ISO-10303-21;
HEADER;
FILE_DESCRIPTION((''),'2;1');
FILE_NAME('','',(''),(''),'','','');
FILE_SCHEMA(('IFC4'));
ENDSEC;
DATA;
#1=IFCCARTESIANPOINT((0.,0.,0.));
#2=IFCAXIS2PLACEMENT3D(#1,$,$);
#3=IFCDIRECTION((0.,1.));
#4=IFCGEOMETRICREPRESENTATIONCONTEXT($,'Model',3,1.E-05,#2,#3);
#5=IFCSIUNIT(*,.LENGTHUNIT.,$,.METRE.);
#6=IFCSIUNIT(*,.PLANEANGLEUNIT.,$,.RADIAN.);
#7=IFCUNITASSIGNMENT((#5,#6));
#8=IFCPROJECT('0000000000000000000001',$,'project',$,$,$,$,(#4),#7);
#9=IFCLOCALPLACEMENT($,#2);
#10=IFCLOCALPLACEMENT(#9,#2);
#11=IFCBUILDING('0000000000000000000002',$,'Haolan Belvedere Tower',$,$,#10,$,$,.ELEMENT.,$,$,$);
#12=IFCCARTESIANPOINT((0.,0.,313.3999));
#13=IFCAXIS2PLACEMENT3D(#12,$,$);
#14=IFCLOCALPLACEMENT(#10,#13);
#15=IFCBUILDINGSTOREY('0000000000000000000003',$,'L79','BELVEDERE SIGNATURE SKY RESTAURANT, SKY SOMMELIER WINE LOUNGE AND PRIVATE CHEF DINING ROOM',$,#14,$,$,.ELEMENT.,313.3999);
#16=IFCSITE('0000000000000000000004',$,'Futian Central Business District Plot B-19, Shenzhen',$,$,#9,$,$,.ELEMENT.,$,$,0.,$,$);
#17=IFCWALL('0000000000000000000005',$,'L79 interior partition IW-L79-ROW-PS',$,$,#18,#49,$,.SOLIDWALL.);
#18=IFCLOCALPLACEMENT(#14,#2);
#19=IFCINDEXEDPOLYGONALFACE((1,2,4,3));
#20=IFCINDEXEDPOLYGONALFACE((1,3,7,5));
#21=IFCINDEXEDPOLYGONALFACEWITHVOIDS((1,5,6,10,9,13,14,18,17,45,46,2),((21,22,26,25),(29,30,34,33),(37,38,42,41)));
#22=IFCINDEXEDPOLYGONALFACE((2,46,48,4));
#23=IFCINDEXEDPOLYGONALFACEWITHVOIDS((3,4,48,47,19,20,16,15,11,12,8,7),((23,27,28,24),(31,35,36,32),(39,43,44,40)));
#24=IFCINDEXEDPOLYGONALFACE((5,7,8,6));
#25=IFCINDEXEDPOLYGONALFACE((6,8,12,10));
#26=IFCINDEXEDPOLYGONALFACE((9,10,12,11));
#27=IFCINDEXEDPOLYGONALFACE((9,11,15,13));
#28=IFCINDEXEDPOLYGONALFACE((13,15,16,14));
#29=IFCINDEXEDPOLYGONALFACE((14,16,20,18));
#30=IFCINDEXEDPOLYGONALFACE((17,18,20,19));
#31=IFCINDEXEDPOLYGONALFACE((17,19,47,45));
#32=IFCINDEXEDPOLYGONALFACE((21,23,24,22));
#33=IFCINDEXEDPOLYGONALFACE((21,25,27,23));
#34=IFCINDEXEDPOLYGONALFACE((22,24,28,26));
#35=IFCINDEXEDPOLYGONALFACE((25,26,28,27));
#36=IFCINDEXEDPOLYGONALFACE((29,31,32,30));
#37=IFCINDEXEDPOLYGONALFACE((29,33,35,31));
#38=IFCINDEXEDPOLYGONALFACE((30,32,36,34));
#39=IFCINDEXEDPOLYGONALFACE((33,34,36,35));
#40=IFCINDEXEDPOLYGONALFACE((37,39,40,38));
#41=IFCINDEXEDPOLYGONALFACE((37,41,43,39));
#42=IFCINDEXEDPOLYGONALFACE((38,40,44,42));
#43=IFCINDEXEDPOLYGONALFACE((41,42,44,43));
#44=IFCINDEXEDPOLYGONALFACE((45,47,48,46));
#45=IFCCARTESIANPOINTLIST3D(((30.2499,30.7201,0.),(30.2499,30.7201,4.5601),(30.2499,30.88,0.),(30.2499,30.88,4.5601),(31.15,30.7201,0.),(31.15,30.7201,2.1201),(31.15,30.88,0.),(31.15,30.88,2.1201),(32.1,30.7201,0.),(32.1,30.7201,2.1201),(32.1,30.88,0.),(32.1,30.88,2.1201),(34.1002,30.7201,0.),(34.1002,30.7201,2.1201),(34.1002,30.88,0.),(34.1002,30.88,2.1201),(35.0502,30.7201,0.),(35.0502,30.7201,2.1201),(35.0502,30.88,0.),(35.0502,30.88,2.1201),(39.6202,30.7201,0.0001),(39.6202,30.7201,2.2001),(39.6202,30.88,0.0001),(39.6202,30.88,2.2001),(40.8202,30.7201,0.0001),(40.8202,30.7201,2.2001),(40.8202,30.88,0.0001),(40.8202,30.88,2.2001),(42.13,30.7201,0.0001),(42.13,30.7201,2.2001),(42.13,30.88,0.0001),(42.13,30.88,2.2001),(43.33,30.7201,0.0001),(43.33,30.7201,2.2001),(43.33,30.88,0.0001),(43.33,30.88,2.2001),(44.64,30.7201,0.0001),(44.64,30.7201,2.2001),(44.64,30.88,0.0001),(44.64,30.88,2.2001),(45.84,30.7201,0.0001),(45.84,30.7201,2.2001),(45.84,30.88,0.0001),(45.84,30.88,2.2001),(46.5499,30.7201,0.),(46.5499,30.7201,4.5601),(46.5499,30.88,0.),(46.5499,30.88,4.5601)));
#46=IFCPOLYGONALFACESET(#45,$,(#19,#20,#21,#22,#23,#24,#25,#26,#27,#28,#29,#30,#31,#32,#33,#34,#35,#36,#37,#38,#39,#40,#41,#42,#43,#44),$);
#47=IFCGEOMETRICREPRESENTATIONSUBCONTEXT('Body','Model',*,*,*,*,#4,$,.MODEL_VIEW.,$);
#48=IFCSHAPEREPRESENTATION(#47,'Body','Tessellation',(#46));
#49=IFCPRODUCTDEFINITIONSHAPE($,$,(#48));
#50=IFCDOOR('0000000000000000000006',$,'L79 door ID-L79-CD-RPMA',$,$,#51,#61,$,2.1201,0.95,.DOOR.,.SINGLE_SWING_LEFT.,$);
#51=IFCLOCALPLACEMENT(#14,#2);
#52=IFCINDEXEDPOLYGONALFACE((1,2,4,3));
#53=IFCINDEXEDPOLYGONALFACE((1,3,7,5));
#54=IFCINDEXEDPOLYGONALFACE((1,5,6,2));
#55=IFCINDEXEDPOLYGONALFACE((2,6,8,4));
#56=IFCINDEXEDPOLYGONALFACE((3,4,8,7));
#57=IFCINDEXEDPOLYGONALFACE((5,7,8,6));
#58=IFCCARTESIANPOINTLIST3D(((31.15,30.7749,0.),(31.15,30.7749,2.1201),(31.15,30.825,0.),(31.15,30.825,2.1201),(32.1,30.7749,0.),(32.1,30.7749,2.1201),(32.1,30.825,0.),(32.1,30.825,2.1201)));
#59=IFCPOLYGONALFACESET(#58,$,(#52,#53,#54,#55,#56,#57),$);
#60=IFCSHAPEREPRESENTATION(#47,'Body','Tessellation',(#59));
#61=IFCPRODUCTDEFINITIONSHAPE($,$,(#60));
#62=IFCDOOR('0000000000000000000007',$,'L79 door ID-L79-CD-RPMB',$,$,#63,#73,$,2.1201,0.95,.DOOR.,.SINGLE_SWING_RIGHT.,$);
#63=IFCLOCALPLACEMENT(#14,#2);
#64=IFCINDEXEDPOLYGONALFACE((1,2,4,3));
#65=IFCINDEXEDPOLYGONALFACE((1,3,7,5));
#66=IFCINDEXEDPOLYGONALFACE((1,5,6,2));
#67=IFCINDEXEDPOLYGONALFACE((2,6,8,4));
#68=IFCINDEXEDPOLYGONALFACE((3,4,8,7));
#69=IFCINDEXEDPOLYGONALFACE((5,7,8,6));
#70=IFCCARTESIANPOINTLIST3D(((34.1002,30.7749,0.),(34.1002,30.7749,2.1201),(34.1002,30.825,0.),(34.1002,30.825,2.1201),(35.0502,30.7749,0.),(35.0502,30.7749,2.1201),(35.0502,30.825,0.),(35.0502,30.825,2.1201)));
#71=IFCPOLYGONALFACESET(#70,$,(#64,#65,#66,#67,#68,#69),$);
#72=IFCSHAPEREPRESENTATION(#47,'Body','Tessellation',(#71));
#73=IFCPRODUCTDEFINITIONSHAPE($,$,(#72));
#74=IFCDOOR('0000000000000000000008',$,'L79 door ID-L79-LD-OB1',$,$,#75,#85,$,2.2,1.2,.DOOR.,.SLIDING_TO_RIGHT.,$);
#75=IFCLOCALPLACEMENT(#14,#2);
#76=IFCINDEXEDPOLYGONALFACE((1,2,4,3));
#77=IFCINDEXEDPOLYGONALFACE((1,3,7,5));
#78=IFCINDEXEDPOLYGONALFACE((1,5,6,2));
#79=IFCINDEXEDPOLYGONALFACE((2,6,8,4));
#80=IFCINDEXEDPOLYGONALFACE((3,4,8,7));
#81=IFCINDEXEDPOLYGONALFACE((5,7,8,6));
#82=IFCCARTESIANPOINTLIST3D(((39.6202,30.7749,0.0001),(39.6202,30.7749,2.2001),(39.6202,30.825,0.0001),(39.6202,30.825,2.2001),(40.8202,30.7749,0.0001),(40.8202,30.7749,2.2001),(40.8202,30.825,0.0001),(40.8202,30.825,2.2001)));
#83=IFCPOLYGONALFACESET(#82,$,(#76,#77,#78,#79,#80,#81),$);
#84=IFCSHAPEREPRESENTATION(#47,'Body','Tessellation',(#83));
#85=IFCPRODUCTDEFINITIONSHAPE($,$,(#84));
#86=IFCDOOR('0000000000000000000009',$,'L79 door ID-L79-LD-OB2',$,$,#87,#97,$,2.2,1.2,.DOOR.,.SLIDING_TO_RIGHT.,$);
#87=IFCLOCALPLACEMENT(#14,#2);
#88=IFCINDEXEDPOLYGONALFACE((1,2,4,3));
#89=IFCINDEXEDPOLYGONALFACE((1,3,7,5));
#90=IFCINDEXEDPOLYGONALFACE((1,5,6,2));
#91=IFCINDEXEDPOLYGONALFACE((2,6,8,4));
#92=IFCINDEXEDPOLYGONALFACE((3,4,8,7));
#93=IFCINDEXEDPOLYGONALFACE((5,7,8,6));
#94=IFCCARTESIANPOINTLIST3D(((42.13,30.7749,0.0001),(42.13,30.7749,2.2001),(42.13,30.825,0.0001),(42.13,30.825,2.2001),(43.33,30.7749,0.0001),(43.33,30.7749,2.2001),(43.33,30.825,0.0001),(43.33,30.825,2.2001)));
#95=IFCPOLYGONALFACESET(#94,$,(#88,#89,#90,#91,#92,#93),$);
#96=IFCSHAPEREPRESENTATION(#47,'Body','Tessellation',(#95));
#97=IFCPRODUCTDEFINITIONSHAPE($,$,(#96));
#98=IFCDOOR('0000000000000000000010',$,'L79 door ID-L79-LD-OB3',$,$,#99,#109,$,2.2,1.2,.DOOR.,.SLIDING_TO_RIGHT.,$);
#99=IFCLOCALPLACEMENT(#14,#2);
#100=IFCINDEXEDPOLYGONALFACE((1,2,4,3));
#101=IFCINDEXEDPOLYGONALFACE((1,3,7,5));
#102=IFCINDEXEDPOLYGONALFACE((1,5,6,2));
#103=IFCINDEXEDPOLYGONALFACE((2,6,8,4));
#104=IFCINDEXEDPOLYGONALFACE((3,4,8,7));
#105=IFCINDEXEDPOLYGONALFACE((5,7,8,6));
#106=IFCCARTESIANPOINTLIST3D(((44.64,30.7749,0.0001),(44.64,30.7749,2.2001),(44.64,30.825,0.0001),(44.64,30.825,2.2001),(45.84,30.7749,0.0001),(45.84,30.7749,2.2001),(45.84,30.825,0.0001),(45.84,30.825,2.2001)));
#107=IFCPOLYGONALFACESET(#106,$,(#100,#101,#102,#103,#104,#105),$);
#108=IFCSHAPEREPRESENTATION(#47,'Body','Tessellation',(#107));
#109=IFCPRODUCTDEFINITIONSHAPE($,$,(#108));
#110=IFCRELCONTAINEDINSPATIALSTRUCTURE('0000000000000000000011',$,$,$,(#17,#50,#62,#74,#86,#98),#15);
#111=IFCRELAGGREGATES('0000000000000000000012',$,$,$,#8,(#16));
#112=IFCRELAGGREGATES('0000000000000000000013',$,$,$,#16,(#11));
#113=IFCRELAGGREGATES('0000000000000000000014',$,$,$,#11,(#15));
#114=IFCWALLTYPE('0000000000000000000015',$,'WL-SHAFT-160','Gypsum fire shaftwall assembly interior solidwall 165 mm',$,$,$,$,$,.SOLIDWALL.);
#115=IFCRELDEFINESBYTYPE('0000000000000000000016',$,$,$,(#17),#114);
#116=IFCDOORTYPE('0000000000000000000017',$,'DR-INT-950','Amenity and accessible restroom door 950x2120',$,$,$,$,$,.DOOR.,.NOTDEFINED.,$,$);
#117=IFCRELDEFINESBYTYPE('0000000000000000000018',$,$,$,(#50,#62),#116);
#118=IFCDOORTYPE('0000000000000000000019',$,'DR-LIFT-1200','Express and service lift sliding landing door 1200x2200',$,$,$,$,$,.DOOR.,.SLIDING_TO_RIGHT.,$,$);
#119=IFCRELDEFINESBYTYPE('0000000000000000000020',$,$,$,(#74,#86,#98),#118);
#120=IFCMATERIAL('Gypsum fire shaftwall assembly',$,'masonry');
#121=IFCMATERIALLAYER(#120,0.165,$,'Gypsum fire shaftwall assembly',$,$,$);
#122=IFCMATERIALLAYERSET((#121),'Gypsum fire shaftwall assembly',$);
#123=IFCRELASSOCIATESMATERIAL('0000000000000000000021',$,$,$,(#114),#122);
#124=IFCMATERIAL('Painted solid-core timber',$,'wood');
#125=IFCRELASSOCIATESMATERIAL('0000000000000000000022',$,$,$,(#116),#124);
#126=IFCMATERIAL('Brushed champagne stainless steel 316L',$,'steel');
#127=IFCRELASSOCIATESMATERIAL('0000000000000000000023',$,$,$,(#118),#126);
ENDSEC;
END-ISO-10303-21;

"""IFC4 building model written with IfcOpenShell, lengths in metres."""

from ifc_helpers import new_model, si_unit, direction, frame, frame_2d, origin, place, context, subcontext, project, spatial, rectangle, extrude, material, layer, layer_set, type_object, element, fill, save


model = new_model("IFC4")

# Units and contexts
model_context = context("Model", 3, precision=1e-05, world=origin(), true_north=direction((0.0, 1.0)))
body_context = subcontext(model_context, "Body", "Model", "MODEL_VIEW")
ifc_project = project(units=[si_unit("LENGTHUNIT", "METRE"), si_unit("PLANEANGLEUNIT", "RADIAN")], contexts=[model_context])

# Site, building, storey
site_placement = place(None, origin())
site = spatial("IfcSite", under=ifc_project, at=site_placement, Name="Futian Central Business District Plot B-19, Shenzhen", CompositionType="ELEMENT", RefElevation=0.0)
building_placement = place(site_placement, origin())
building = spatial("IfcBuilding", under=site, at=building_placement, Name="Haolan Belvedere Tower", CompositionType="ELEMENT")
storey_placement = place(building_placement, frame((0.0, 0.0, 313.3999)))
storey = spatial("IfcBuildingStorey", under=building, at=storey_placement, Name="L79", Description="BELVEDERE SIGNATURE SKY RESTAURANT, SKY SOMMELIER WINE LOUNGE AND PRIVATE CHEF DINING ROOM", CompositionType="ELEMENT", Elevation=313.3999)

# Shared definitions
ifc_material_1 = material(Name="Gypsum fire shaftwall assembly", Category="masonry")
ifc_layer_1 = layer(ifc_material_1, 0.165, Name="Gypsum fire shaftwall assembly")
ifc_layer_set_1 = layer_set([ifc_layer_1], Name="Gypsum fire shaftwall assembly")
wall_type_1 = type_object("IfcWallType", Name="WL-SHAFT-160", Description="Gypsum fire shaftwall assembly interior solidwall 165 mm", PredefinedType="SOLIDWALL", material=ifc_layer_set_1)

# Shared definitions
ifc_material_2 = material(Name="Painted solid-core timber", Category="wood")
door_type_1 = type_object("IfcDoorType", Name="DR-INT-950", Description="Amenity and accessible restroom door 950x2120", OperationType="NOTDEFINED", PredefinedType="DOOR", material=ifc_material_2)

# Wall, openings, doors
wall_1_placement = place(storey_placement, frame((30.25, 30.8, 0.0), z_axis=(0.0, 0.0, 1.0), x_axis=(1.0, 0.0, 0.0)))
wall_1 = element("IfcWall", 1, at=wall_1_placement, inside=storey, type_object=wall_type_1, Name="L79 interior partition IW-L79-ROW-PS", PredefinedType="SOLIDWALL", context=body_context, shape_type="SweptSolid", body=[
    extrude(rectangle(XDim=16.3, YDim=0.1599, at=frame_2d((8.1499, 0.0))), origin(), (0.0, 0.0, 1.0), 4.5601),
])
opening_1_placement = place(wall_1_placement, frame((0.8999, 0.0, 0.0)))
opening_1 = element("IfcOpeningElement", 2, at=opening_1_placement, cuts=wall_1, PredefinedType="OPENING", context=body_context, shape_type="SweptSolid", body=[
    extrude(rectangle(XDim=0.95, YDim=2.1201, at=frame_2d((0.4751, 1.0601))), frame((0.0, 0.0898, 0.0), z_axis=(0.0, -1.0, 0.0), x_axis=(1.0, 0.0, 0.0)), (0.0, 0.0, 1.0), 0.1799),
])
opening_2_placement = place(wall_1_placement, frame((3.8501, 0.0, 0.0)))
opening_2 = element("IfcOpeningElement", 3, at=opening_2_placement, cuts=wall_1, PredefinedType="OPENING", context=body_context, shape_type="SweptSolid", body=[
    extrude(rectangle(XDim=0.95, YDim=2.1201, at=frame_2d((0.4751, 1.0601))), frame((0.0, 0.0898, 0.0), z_axis=(0.0, -1.0, 0.0), x_axis=(1.0, 0.0, 0.0)), (0.0, 0.0, 1.0), 0.1799),
])
opening_3_placement = place(wall_1_placement, frame((9.3701, 0.0, 0.0)))
opening_3 = element("IfcOpeningElement", 4, at=opening_3_placement, cuts=wall_1, PredefinedType="OPENING", context=body_context, shape_type="SweptSolid", body=[
    extrude(rectangle(XDim=1.2, YDim=2.2, at=frame_2d((0.6001, 1.1001))), frame((0.0, 0.0898, 0.0), z_axis=(0.0, -1.0, 0.0), x_axis=(1.0, 0.0, 0.0)), (0.0, 0.0, 1.0), 0.1799),
])
opening_4_placement = place(wall_1_placement, frame((11.8799, 0.0, 0.0)))
opening_4 = element("IfcOpeningElement", 5, at=opening_4_placement, cuts=wall_1, PredefinedType="OPENING", context=body_context, shape_type="SweptSolid", body=[
    extrude(rectangle(XDim=1.2, YDim=2.2, at=frame_2d((0.6001, 1.1001))), frame((0.0, 0.0898, 0.0), z_axis=(0.0, -1.0, 0.0), x_axis=(1.0, 0.0, 0.0)), (0.0, 0.0, 1.0), 0.1799),
])
opening_5_placement = place(wall_1_placement, frame((14.3899, 0.0, 0.0)))
opening_5 = element("IfcOpeningElement", 6, at=opening_5_placement, cuts=wall_1, PredefinedType="OPENING", context=body_context, shape_type="SweptSolid", body=[
    extrude(rectangle(XDim=1.2, YDim=2.2, at=frame_2d((0.6001, 1.1001))), frame((0.0, 0.0898, 0.0), z_axis=(0.0, -1.0, 0.0), x_axis=(1.0, 0.0, 0.0)), (0.0, 0.0, 1.0), 0.1799),
])
door_1_placement = place(opening_1_placement, origin())
door_1 = element("IfcDoor", 7, at=door_1_placement, inside=storey, type_object=door_type_1, Name="L79 door ID-L79-CD-RPMA", OperationType="SINGLE_SWING_LEFT", OverallHeight=2.1201, OverallWidth=0.95, PredefinedType="DOOR", context=body_context, shape_type="SweptSolid", body=[
    extrude(rectangle(XDim=0.95, YDim=2.1201, at=frame_2d((0.4751, 1.0601))), frame((0.0, 0.0249, 0.0), z_axis=(0.0, -1.0, 0.0), x_axis=(1.0, 0.0, 0.0)), (0.0, 0.0, 1.0), 0.05),
])
fill(opening_1, door_1)
door_2_placement = place(opening_2_placement, origin())
door_2 = element("IfcDoor", 8, at=door_2_placement, inside=storey, type_object=door_type_1, Name="L79 door ID-L79-CD-RPMB", OperationType="SINGLE_SWING_RIGHT", OverallHeight=2.1201, OverallWidth=0.95, PredefinedType="DOOR", context=body_context, shape_type="SweptSolid", body=[
    extrude(rectangle(XDim=0.95, YDim=2.1201, at=frame_2d((0.4751, 1.0601))), frame((0.0, 0.0249, 0.0), z_axis=(0.0, -1.0, 0.0), x_axis=(1.0, 0.0, 0.0)), (0.0, 0.0, 1.0), 0.05),
])
fill(opening_2, door_2)
ifc_material_3 = material(Name="Brushed champagne stainless steel 316L", Category="steel")
door_type_2 = type_object("IfcDoorType", Name="DR-LIFT-1200", Description="Express and service lift sliding landing door 1200x2200", OperationType="SLIDING_TO_RIGHT", PredefinedType="DOOR", material=ifc_material_3)
door_3_placement = place(opening_3_placement, origin())
door_3 = element("IfcDoor", 9, at=door_3_placement, inside=storey, type_object=door_type_2, Name="L79 door ID-L79-LD-OB1", OperationType="SLIDING_TO_RIGHT", OverallHeight=2.2, OverallWidth=1.2, PredefinedType="DOOR", context=body_context, shape_type="SweptSolid", body=[
    extrude(rectangle(XDim=1.2, YDim=2.2, at=frame_2d((0.6001, 1.1001))), frame((0.0, 0.0249, 0.0), z_axis=(0.0, -1.0, 0.0), x_axis=(1.0, 0.0, 0.0)), (0.0, 0.0, 1.0), 0.05),
])
fill(opening_3, door_3)
door_4_placement = place(opening_4_placement, origin())
door_4 = element("IfcDoor", 10, at=door_4_placement, inside=storey, type_object=door_type_2, Name="L79 door ID-L79-LD-OB2", OperationType="SLIDING_TO_RIGHT", OverallHeight=2.2, OverallWidth=1.2, PredefinedType="DOOR", context=body_context, shape_type="SweptSolid", body=[
    extrude(rectangle(XDim=1.2, YDim=2.2, at=frame_2d((0.6001, 1.1001))), frame((0.0, 0.0249, 0.0), z_axis=(0.0, -1.0, 0.0), x_axis=(1.0, 0.0, 0.0)), (0.0, 0.0, 1.0), 0.05),
])
fill(opening_4, door_4)
door_5_placement = place(opening_5_placement, origin())
door_5 = element("IfcDoor", 11, at=door_5_placement, inside=storey, type_object=door_type_2, Name="L79 door ID-L79-LD-OB3", OperationType="SLIDING_TO_RIGHT", OverallHeight=2.2, OverallWidth=1.2, PredefinedType="DOOR", context=body_context, shape_type="SweptSolid", body=[
    extrude(rectangle(XDim=1.2, YDim=2.2, at=frame_2d((0.6001, 1.1001))), frame((0.0, 0.0249, 0.0), z_axis=(0.0, -1.0, 0.0), x_axis=(1.0, 0.0, 0.0)), (0.0, 0.0, 1.0), 0.05),
])
fill(opening_5, door_5)

save(model, "model.ifc")
